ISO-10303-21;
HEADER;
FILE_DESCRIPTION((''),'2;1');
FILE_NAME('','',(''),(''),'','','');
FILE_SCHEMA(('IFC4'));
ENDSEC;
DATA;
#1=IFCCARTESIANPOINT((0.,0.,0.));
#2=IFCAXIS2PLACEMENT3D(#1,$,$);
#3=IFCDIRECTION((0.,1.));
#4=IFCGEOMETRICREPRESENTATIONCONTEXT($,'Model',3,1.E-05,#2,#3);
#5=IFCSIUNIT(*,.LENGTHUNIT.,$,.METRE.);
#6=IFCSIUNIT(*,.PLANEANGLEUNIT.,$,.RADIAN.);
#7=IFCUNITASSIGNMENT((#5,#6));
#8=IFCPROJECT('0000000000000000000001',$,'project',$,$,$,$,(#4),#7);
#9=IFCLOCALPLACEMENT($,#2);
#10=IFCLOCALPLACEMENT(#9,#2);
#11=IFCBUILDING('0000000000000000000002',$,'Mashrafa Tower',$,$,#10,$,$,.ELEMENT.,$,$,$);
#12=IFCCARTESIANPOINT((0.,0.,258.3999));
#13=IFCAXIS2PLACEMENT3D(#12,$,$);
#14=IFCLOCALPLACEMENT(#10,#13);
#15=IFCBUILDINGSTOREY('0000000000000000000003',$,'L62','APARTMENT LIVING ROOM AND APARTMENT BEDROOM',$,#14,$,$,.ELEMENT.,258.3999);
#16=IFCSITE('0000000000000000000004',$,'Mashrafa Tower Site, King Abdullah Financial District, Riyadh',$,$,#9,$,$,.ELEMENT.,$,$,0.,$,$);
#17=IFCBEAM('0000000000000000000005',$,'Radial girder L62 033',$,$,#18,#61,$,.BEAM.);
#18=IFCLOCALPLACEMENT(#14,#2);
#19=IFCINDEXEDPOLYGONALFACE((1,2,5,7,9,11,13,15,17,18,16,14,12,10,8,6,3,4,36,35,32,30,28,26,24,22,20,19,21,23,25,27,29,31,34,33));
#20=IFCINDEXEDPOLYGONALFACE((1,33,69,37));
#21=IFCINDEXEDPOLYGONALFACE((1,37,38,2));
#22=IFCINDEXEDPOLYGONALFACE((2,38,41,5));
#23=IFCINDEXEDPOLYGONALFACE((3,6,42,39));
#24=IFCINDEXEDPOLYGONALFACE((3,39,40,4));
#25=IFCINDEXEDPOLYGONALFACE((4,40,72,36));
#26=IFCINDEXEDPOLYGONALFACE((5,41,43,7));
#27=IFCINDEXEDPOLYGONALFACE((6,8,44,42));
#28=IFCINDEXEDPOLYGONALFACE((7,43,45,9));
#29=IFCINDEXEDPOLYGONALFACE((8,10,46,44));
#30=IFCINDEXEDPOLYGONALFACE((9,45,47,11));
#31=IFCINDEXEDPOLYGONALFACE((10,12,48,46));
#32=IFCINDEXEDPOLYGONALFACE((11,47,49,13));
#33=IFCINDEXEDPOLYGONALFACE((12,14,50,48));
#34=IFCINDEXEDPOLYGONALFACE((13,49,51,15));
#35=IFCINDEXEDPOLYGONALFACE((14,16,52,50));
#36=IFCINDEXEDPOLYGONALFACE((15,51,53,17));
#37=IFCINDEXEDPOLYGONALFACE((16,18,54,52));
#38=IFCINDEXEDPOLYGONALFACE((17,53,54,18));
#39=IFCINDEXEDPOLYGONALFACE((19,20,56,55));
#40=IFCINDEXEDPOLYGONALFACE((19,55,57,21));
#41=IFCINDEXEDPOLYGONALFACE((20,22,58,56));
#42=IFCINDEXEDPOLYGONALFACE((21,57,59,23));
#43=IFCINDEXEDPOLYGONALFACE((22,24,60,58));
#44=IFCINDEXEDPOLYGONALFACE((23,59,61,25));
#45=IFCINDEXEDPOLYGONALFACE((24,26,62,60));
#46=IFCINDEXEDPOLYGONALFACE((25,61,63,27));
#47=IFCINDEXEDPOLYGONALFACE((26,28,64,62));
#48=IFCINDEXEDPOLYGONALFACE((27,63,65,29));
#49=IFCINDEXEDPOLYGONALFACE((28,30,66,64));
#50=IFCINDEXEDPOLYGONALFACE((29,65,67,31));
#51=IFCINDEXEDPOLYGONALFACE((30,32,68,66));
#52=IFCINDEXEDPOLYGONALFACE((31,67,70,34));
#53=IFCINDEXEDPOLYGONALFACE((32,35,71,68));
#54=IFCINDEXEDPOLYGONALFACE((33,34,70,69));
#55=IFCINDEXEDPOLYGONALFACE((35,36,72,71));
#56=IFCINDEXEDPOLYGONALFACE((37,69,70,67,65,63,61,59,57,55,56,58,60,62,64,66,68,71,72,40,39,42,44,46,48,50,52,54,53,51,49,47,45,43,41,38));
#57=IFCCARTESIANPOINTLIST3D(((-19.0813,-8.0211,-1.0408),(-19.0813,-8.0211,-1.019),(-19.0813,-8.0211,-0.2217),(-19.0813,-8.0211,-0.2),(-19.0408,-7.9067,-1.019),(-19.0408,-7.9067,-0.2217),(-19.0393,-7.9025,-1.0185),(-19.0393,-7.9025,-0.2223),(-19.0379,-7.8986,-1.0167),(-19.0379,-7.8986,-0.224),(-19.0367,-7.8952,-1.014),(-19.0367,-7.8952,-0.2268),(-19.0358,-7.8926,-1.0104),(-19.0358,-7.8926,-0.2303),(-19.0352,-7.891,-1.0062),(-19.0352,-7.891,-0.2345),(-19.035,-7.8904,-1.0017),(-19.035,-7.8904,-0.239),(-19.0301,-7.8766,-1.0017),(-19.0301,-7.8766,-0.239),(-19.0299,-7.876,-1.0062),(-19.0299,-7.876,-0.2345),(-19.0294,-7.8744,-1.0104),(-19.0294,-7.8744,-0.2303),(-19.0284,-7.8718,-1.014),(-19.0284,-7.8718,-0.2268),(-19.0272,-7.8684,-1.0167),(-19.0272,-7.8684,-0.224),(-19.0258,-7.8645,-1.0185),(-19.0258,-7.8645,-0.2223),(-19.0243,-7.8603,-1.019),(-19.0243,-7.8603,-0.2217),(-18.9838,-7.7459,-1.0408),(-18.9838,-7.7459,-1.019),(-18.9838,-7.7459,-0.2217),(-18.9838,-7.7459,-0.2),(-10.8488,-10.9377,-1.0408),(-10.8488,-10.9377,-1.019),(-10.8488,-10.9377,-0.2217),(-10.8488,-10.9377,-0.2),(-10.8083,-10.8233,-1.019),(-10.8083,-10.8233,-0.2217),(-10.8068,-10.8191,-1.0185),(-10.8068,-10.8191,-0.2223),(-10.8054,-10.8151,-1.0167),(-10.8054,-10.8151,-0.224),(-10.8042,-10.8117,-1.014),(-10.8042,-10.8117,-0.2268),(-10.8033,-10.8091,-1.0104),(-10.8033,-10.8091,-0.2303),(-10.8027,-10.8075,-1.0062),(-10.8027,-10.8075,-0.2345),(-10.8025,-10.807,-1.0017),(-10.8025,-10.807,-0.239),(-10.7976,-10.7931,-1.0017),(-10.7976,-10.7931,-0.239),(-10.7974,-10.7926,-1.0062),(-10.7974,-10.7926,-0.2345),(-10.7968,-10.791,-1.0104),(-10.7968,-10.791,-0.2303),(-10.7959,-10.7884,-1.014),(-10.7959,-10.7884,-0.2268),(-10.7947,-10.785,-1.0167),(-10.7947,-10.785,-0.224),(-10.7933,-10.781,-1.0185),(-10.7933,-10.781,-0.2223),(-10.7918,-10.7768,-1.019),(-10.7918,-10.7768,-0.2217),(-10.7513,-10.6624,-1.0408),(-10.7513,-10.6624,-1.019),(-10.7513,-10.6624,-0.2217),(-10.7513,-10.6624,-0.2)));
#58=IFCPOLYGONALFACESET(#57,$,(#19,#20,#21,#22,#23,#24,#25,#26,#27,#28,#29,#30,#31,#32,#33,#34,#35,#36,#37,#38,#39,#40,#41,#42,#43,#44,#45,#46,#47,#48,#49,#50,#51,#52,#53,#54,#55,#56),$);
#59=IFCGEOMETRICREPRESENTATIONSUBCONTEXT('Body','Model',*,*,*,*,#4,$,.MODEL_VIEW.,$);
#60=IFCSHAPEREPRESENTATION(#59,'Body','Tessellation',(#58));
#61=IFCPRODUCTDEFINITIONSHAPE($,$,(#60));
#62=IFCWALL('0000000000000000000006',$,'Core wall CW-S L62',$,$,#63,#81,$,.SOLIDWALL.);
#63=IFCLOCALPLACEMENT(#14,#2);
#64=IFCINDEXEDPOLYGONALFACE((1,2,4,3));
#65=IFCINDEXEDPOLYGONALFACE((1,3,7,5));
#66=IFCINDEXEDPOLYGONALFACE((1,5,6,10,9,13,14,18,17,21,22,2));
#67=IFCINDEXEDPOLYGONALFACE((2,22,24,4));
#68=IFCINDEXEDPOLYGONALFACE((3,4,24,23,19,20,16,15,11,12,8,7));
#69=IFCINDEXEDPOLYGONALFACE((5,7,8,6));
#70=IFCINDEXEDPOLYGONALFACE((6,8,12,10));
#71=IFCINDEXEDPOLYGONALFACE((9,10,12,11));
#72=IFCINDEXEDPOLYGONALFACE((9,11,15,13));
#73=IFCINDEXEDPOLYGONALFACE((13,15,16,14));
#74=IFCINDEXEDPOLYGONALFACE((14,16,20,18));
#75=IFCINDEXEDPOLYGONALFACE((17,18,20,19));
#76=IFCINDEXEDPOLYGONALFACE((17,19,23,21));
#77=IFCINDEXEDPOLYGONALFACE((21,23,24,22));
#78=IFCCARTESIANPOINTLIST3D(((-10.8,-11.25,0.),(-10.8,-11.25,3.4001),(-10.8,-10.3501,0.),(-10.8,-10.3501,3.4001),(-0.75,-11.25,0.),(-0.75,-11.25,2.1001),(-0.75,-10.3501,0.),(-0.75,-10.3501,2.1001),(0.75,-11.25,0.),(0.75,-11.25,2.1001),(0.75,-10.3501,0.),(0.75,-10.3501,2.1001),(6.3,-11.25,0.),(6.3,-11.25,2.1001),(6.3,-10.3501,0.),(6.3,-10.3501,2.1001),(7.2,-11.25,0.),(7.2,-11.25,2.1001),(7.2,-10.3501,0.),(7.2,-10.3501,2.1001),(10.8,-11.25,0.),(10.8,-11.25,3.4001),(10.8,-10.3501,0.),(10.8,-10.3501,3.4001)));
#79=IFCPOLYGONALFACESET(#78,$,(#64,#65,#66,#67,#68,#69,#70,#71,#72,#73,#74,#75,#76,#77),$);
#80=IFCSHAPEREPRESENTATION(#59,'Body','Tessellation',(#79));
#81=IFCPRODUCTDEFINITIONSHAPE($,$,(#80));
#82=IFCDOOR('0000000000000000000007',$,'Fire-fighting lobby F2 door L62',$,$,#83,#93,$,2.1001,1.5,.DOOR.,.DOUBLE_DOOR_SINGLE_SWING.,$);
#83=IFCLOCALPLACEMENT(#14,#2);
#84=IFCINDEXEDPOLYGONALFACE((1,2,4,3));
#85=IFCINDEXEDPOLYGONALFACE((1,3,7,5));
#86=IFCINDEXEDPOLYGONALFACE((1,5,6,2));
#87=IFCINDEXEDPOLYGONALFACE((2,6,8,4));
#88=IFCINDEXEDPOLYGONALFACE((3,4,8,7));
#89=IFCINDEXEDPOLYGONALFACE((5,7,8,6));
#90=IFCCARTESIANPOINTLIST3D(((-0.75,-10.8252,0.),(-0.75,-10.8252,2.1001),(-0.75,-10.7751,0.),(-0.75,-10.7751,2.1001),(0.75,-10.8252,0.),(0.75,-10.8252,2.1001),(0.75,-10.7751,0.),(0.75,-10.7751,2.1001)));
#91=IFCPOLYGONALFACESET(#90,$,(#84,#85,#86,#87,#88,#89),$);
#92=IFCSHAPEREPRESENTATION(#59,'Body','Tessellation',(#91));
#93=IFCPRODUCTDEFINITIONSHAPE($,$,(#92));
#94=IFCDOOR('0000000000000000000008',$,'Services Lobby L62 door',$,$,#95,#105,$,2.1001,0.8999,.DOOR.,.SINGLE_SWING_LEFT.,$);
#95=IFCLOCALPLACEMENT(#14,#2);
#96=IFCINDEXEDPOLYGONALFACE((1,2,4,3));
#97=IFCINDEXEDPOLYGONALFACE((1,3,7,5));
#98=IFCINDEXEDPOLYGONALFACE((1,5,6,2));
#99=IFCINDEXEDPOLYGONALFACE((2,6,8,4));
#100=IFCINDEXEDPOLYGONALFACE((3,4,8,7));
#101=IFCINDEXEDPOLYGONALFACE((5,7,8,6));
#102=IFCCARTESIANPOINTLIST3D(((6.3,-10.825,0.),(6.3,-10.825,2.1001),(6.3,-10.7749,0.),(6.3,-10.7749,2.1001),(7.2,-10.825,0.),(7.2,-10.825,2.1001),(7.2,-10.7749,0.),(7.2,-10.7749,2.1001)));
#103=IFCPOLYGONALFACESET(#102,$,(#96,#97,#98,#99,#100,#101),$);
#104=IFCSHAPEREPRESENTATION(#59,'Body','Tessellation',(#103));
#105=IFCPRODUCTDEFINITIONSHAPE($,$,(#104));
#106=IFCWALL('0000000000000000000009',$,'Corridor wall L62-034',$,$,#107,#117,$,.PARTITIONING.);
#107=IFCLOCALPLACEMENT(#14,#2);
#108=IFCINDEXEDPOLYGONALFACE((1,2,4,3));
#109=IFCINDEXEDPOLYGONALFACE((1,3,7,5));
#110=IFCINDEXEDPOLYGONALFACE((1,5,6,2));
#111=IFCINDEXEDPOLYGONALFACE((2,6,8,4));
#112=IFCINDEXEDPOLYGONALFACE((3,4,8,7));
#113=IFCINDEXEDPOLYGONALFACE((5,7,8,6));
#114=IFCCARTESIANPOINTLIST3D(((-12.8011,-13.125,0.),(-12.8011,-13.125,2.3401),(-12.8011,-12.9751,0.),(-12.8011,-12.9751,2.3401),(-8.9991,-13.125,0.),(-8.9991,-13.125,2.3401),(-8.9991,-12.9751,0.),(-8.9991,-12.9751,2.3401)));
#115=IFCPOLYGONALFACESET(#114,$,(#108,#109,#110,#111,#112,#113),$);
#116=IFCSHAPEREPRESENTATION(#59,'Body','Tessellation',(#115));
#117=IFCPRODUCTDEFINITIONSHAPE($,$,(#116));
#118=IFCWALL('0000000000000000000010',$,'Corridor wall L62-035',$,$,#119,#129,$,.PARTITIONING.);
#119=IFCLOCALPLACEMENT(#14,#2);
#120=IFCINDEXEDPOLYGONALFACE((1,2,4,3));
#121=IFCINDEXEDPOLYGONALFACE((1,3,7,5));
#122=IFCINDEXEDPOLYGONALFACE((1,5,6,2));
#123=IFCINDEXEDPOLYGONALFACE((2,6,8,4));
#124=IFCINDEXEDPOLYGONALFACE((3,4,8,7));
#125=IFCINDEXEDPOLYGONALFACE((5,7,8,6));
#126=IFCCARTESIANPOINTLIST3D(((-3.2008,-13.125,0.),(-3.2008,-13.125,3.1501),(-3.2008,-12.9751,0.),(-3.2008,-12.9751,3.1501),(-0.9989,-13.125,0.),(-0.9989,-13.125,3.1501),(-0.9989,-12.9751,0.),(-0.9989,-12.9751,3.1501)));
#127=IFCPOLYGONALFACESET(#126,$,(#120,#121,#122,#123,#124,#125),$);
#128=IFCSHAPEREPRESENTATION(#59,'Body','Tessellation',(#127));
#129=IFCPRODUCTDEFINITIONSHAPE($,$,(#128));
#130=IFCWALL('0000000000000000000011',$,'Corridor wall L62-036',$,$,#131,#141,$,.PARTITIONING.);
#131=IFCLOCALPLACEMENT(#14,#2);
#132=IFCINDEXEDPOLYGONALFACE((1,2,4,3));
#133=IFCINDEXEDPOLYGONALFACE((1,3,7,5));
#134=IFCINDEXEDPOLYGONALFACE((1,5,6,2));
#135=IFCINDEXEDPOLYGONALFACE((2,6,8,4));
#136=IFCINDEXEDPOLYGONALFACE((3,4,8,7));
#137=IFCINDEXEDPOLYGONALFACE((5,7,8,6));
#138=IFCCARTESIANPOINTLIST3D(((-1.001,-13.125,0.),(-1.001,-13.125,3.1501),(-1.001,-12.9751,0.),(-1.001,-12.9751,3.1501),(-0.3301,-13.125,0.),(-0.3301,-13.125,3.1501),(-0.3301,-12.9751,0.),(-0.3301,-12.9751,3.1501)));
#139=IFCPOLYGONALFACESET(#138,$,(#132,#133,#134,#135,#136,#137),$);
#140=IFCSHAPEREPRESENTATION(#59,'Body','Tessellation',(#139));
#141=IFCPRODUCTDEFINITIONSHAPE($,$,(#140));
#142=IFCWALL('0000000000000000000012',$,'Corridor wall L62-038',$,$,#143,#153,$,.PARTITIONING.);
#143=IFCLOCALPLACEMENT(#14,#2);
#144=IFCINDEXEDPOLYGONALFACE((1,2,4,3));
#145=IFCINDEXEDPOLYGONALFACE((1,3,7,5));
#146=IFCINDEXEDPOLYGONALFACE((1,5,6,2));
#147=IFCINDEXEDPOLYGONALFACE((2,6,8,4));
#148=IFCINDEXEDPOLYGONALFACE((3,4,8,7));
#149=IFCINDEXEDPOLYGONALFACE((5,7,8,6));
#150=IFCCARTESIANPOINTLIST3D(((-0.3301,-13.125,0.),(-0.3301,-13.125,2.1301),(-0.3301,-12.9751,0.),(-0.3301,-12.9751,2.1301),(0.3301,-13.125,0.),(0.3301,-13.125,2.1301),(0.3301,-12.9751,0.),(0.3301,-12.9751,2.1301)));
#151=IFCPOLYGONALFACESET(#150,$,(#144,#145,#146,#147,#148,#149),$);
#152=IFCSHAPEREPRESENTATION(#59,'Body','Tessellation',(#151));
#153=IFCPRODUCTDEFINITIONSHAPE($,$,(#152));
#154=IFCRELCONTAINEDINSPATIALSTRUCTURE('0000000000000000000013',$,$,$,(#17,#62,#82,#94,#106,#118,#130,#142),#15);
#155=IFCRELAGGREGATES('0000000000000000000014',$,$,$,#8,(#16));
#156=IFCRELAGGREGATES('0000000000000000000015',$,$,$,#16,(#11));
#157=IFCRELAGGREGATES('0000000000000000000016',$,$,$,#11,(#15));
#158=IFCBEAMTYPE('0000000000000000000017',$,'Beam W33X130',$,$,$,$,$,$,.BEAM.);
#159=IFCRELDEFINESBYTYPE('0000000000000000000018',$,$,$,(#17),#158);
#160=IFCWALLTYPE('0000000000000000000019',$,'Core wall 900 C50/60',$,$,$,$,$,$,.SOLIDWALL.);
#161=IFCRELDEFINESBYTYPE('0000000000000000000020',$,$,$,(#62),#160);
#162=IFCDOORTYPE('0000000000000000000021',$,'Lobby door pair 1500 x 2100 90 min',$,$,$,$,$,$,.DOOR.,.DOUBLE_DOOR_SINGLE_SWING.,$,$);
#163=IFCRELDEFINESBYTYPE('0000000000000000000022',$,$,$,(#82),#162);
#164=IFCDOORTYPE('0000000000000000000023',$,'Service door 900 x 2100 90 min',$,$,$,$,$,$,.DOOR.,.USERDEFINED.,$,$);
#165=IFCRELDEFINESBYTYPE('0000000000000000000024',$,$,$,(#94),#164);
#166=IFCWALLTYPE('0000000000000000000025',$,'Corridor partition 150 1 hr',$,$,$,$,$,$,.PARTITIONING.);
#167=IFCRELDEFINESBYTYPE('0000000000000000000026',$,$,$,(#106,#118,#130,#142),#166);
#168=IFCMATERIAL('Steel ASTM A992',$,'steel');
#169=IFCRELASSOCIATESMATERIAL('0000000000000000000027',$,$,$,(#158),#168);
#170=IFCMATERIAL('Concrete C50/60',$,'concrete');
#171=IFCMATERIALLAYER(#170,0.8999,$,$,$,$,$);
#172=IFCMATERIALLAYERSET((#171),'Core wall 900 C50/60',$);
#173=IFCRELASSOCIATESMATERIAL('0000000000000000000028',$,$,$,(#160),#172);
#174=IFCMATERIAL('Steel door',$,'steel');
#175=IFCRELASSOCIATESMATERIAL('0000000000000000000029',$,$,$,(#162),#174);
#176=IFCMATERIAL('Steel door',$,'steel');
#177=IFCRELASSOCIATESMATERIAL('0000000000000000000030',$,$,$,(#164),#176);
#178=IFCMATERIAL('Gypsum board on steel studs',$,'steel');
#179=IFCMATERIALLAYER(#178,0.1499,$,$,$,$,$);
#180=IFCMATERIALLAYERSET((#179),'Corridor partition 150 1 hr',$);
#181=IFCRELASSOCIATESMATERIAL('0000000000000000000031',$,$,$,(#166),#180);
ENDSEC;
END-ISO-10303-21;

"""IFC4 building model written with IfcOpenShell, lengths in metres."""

from ifc_helpers import new_model, si_unit, direction, frame, frame_2d, origin, origin_2d, place, context, subcontext, project, spatial, rectangle, i_section, extrude, material, layer, layer_set, material_profile, profile_set, type_object, element, fill, save


model = new_model("IFC4")

# Units and contexts
model_context = context("Model", 3, precision=1e-05, world=origin(), true_north=direction((0.0, 1.0)))
body_context = subcontext(model_context, "Body", "Model", "MODEL_VIEW")
ifc_project = project(units=[si_unit("LENGTHUNIT", "METRE"), si_unit("PLANEANGLEUNIT", "RADIAN")], contexts=[model_context])

# Site, building, storey
site_placement = place(None, origin())
site = spatial("IfcSite", under=ifc_project, at=site_placement, Name="Mashrafa Tower Site, King Abdullah Financial District, Riyadh", CompositionType="ELEMENT", RefElevation=0.0)
building_placement = place(site_placement, origin())
building = spatial("IfcBuilding", under=site, at=building_placement, Name="Mashrafa Tower", CompositionType="ELEMENT")
storey_placement = place(building_placement, frame((0.0, 0.0, 258.3999)))
storey = spatial("IfcBuildingStorey", under=building, at=storey_placement, Name="L62", Description="APARTMENT LIVING ROOM AND APARTMENT BEDROOM", CompositionType="ELEMENT", Elevation=258.3999)

# Beam
ifc_material_1 = material(Name="Steel ASTM A992", Category="steel")
ifc_material_profile_1 = material_profile(ifc_material_1, i_section(OverallWidth=0.292, OverallDepth=0.8408, WebThickness=0.0146, FlangeThickness=0.0217, FilletRadius=0.0173, at=origin_2d()), Name="W33X130")
ifc_profile_set_1 = profile_set([ifc_material_profile_1], Name="Steel ASTM A992")
beam_type_1 = type_object("IfcBeamType", Name="Beam W33X130", PredefinedType="BEAM", material=ifc_profile_set_1)
beam_1_placement = place(storey_placement, frame((-10.8, -10.8, -0.6204), z_axis=(-0.942596, 0.333934, 0.0), x_axis=(-0.333934, -0.942596, 0.0)))
element("IfcBeam", 1, at=beam_1_placement, inside=storey, type_object=beam_type_1, Name="Radial girder L62 033", PredefinedType="BEAM", context=body_context, shape_type="SweptSolid", body=[
    extrude(i_section(OverallWidth=0.292, OverallDepth=0.8408, WebThickness=0.0146, FlangeThickness=0.0217, FilletRadius=0.0173, at=origin_2d()), origin(), (0.0, 0.0, 1.0), 8.7339),
])

# Wall, openings, doors
ifc_material_2 = material(Name="Concrete C50/60", Category="concrete")
ifc_layer_1 = layer(ifc_material_2, 0.8999)
ifc_layer_set_1 = layer_set([ifc_layer_1], Name="Core wall 900 C50/60")
wall_type_1 = type_object("IfcWallType", Name="Core wall 900 C50/60", PredefinedType="SOLIDWALL", material=ifc_layer_set_1)
wall_1_placement = place(storey_placement, frame((-10.8, -10.8, 0.0), z_axis=(0.0, 0.0, 1.0), x_axis=(1.0, 0.0, 0.0)))
wall_1 = element("IfcWall", 2, at=wall_1_placement, inside=storey, type_object=wall_type_1, Name="Core wall CW-S L62", PredefinedType="SOLIDWALL", context=body_context, shape_type="SweptSolid", body=[
    extrude(rectangle(XDim=21.6001, YDim=0.8999, at=frame_2d((10.8, 0.0))), origin(), (0.0, 0.0, 1.0), 3.4001),
])
opening_1_placement = place(wall_1_placement, frame((10.05, 0.0, 0.0)))
opening_1 = element("IfcOpeningElement", 3, at=opening_1_placement, cuts=wall_1, PredefinedType="OPENING", context=body_context, shape_type="SweptSolid", body=[
    extrude(rectangle(XDim=1.5, YDim=2.1001, at=frame_2d((0.75, 1.05))), frame((0.0, 0.46, 0.0), z_axis=(0.0, -1.0, 0.0), x_axis=(1.0, 0.0, 0.0)), (0.0, 0.0, 1.0), 0.9199),
])
opening_2_placement = place(wall_1_placement, frame((17.1001, 0.0, 0.0)))
opening_2 = element("IfcOpeningElement", 4, at=opening_2_placement, cuts=wall_1, PredefinedType="OPENING", context=body_context, shape_type="SweptSolid", body=[
    extrude(rectangle(XDim=0.8999, YDim=2.1001, at=frame_2d((0.45, 1.05))), frame((0.0, 0.46, 0.0), z_axis=(0.0, -1.0, 0.0), x_axis=(1.0, 0.0, 0.0)), (0.0, 0.0, 1.0), 0.9199),
])
ifc_material_3 = material(Name="Steel door", Category="steel")
door_type_1 = type_object("IfcDoorType", Name="Lobby door pair 1500 x 2100 90 min", OperationType="DOUBLE_DOOR_SINGLE_SWING", PredefinedType="DOOR", material=ifc_material_3)
door_1_placement = place(opening_1_placement, origin())
door_1 = element("IfcDoor", 5, at=door_1_placement, inside=storey, type_object=door_type_1, Name="Fire-fighting lobby F2 door L62", OperationType="DOUBLE_DOOR_SINGLE_SWING", OverallHeight=2.1001, OverallWidth=1.5, PredefinedType="DOOR", context=body_context, shape_type="SweptSolid", body=[
    extrude(rectangle(XDim=1.5, YDim=2.1001, at=frame_2d((0.75, 1.05))), frame((0.0, 0.0249, 0.0), z_axis=(0.0, -1.0, 0.0), x_axis=(1.0, 0.0, 0.0)), (0.0, 0.0, 1.0), 0.05),
])
fill(opening_1, door_1)
ifc_material_4 = material(Name="Steel door", Category="steel")
door_type_2 = type_object("IfcDoorType", Name="Service door 900 x 2100 90 min", OperationType="USERDEFINED", PredefinedType="DOOR", material=ifc_material_4)
door_2_placement = place(opening_2_placement, frame((0.8999, 0.0, 0.0), z_axis=(0.0, 0.0, 1.0), x_axis=(-1.0, 0.0, 0.0)))
door_2 = element("IfcDoor", 6, at=door_2_placement, inside=storey, type_object=door_type_2, Name="Services Lobby L62 door", OperationType="SINGLE_SWING_LEFT", OverallHeight=2.1001, OverallWidth=0.8999, PredefinedType="DOOR", context=body_context, shape_type="SweptSolid", body=[
    extrude(rectangle(XDim=0.8999, YDim=2.1001, at=frame_2d((0.45, 1.05))), frame((0.0, 0.0249, 0.0), z_axis=(0.0, -1.0, 0.0), x_axis=(1.0, 0.0, 0.0)), (0.0, 0.0, 1.0), 0.05),
])
fill(opening_2, door_2)

# Walls
ifc_material_5 = material(Name="Gypsum board on steel studs", Category="steel")
ifc_layer_2 = layer(ifc_material_5, 0.1499)
ifc_layer_set_2 = layer_set([ifc_layer_2], Name="Corridor partition 150 1 hr")
wall_type_2 = type_object("IfcWallType", Name="Corridor partition 150 1 hr", PredefinedType="PARTITIONING", material=ifc_layer_set_2)
wall_2_placement = place(storey_placement, frame((-12.801, -13.05, 0.0), z_axis=(0.0, 0.0, 1.0), x_axis=(1.0, 0.0, 0.0)))
element("IfcWall", 7, at=wall_2_placement, inside=storey, type_object=wall_type_2, Name="Corridor wall L62-034", PredefinedType="PARTITIONING", context=body_context, shape_type="SweptSolid", body=[
    extrude(rectangle(XDim=3.802, YDim=0.1499, at=frame_2d((1.9009, 0.0))), origin(), (0.0, 0.0, 1.0), 2.3401),
])
wall_3_placement = place(storey_placement, frame((-3.2009, -13.05, 0.0), z_axis=(0.0, 0.0, 1.0), x_axis=(1.0, 0.0, 0.0)))
element("IfcWall", 8, at=wall_3_placement, inside=storey, type_object=wall_type_2, Name="Corridor wall L62-035", PredefinedType="PARTITIONING", context=body_context, shape_type="SweptSolid", body=[
    extrude(rectangle(XDim=2.2019, YDim=0.1499, at=frame_2d((1.1011, 0.0))), origin(), (0.0, 0.0, 1.0), 3.1501),
])
wall_4_placement = place(storey_placement, frame((-1.001, -13.05, 0.0), z_axis=(0.0, 0.0, 1.0), x_axis=(1.0, 0.0, 0.0)))
element("IfcWall", 9, at=wall_4_placement, inside=storey, type_object=wall_type_2, Name="Corridor wall L62-036", PredefinedType="PARTITIONING", context=body_context, shape_type="SweptSolid", body=[
    extrude(rectangle(XDim=0.6709, YDim=0.1499, at=frame_2d((0.3354, 0.0))), origin(), (0.0, 0.0, 1.0), 3.1501),
])
wall_5_placement = place(storey_placement, frame((-0.3301, -13.05, 0.0), z_axis=(0.0, 0.0, 1.0), x_axis=(1.0, 0.0, 0.0)))
element("IfcWall", 10, at=wall_5_placement, inside=storey, type_object=wall_type_2, Name="Corridor wall L62-038", PredefinedType="PARTITIONING", context=body_context, shape_type="SweptSolid", body=[
    extrude(rectangle(XDim=0.6602, YDim=0.1499, at=frame_2d((0.3301, 0.0))), origin(), (0.0, 0.0, 1.0), 2.1301),
])

save(model, "model.ifc")
